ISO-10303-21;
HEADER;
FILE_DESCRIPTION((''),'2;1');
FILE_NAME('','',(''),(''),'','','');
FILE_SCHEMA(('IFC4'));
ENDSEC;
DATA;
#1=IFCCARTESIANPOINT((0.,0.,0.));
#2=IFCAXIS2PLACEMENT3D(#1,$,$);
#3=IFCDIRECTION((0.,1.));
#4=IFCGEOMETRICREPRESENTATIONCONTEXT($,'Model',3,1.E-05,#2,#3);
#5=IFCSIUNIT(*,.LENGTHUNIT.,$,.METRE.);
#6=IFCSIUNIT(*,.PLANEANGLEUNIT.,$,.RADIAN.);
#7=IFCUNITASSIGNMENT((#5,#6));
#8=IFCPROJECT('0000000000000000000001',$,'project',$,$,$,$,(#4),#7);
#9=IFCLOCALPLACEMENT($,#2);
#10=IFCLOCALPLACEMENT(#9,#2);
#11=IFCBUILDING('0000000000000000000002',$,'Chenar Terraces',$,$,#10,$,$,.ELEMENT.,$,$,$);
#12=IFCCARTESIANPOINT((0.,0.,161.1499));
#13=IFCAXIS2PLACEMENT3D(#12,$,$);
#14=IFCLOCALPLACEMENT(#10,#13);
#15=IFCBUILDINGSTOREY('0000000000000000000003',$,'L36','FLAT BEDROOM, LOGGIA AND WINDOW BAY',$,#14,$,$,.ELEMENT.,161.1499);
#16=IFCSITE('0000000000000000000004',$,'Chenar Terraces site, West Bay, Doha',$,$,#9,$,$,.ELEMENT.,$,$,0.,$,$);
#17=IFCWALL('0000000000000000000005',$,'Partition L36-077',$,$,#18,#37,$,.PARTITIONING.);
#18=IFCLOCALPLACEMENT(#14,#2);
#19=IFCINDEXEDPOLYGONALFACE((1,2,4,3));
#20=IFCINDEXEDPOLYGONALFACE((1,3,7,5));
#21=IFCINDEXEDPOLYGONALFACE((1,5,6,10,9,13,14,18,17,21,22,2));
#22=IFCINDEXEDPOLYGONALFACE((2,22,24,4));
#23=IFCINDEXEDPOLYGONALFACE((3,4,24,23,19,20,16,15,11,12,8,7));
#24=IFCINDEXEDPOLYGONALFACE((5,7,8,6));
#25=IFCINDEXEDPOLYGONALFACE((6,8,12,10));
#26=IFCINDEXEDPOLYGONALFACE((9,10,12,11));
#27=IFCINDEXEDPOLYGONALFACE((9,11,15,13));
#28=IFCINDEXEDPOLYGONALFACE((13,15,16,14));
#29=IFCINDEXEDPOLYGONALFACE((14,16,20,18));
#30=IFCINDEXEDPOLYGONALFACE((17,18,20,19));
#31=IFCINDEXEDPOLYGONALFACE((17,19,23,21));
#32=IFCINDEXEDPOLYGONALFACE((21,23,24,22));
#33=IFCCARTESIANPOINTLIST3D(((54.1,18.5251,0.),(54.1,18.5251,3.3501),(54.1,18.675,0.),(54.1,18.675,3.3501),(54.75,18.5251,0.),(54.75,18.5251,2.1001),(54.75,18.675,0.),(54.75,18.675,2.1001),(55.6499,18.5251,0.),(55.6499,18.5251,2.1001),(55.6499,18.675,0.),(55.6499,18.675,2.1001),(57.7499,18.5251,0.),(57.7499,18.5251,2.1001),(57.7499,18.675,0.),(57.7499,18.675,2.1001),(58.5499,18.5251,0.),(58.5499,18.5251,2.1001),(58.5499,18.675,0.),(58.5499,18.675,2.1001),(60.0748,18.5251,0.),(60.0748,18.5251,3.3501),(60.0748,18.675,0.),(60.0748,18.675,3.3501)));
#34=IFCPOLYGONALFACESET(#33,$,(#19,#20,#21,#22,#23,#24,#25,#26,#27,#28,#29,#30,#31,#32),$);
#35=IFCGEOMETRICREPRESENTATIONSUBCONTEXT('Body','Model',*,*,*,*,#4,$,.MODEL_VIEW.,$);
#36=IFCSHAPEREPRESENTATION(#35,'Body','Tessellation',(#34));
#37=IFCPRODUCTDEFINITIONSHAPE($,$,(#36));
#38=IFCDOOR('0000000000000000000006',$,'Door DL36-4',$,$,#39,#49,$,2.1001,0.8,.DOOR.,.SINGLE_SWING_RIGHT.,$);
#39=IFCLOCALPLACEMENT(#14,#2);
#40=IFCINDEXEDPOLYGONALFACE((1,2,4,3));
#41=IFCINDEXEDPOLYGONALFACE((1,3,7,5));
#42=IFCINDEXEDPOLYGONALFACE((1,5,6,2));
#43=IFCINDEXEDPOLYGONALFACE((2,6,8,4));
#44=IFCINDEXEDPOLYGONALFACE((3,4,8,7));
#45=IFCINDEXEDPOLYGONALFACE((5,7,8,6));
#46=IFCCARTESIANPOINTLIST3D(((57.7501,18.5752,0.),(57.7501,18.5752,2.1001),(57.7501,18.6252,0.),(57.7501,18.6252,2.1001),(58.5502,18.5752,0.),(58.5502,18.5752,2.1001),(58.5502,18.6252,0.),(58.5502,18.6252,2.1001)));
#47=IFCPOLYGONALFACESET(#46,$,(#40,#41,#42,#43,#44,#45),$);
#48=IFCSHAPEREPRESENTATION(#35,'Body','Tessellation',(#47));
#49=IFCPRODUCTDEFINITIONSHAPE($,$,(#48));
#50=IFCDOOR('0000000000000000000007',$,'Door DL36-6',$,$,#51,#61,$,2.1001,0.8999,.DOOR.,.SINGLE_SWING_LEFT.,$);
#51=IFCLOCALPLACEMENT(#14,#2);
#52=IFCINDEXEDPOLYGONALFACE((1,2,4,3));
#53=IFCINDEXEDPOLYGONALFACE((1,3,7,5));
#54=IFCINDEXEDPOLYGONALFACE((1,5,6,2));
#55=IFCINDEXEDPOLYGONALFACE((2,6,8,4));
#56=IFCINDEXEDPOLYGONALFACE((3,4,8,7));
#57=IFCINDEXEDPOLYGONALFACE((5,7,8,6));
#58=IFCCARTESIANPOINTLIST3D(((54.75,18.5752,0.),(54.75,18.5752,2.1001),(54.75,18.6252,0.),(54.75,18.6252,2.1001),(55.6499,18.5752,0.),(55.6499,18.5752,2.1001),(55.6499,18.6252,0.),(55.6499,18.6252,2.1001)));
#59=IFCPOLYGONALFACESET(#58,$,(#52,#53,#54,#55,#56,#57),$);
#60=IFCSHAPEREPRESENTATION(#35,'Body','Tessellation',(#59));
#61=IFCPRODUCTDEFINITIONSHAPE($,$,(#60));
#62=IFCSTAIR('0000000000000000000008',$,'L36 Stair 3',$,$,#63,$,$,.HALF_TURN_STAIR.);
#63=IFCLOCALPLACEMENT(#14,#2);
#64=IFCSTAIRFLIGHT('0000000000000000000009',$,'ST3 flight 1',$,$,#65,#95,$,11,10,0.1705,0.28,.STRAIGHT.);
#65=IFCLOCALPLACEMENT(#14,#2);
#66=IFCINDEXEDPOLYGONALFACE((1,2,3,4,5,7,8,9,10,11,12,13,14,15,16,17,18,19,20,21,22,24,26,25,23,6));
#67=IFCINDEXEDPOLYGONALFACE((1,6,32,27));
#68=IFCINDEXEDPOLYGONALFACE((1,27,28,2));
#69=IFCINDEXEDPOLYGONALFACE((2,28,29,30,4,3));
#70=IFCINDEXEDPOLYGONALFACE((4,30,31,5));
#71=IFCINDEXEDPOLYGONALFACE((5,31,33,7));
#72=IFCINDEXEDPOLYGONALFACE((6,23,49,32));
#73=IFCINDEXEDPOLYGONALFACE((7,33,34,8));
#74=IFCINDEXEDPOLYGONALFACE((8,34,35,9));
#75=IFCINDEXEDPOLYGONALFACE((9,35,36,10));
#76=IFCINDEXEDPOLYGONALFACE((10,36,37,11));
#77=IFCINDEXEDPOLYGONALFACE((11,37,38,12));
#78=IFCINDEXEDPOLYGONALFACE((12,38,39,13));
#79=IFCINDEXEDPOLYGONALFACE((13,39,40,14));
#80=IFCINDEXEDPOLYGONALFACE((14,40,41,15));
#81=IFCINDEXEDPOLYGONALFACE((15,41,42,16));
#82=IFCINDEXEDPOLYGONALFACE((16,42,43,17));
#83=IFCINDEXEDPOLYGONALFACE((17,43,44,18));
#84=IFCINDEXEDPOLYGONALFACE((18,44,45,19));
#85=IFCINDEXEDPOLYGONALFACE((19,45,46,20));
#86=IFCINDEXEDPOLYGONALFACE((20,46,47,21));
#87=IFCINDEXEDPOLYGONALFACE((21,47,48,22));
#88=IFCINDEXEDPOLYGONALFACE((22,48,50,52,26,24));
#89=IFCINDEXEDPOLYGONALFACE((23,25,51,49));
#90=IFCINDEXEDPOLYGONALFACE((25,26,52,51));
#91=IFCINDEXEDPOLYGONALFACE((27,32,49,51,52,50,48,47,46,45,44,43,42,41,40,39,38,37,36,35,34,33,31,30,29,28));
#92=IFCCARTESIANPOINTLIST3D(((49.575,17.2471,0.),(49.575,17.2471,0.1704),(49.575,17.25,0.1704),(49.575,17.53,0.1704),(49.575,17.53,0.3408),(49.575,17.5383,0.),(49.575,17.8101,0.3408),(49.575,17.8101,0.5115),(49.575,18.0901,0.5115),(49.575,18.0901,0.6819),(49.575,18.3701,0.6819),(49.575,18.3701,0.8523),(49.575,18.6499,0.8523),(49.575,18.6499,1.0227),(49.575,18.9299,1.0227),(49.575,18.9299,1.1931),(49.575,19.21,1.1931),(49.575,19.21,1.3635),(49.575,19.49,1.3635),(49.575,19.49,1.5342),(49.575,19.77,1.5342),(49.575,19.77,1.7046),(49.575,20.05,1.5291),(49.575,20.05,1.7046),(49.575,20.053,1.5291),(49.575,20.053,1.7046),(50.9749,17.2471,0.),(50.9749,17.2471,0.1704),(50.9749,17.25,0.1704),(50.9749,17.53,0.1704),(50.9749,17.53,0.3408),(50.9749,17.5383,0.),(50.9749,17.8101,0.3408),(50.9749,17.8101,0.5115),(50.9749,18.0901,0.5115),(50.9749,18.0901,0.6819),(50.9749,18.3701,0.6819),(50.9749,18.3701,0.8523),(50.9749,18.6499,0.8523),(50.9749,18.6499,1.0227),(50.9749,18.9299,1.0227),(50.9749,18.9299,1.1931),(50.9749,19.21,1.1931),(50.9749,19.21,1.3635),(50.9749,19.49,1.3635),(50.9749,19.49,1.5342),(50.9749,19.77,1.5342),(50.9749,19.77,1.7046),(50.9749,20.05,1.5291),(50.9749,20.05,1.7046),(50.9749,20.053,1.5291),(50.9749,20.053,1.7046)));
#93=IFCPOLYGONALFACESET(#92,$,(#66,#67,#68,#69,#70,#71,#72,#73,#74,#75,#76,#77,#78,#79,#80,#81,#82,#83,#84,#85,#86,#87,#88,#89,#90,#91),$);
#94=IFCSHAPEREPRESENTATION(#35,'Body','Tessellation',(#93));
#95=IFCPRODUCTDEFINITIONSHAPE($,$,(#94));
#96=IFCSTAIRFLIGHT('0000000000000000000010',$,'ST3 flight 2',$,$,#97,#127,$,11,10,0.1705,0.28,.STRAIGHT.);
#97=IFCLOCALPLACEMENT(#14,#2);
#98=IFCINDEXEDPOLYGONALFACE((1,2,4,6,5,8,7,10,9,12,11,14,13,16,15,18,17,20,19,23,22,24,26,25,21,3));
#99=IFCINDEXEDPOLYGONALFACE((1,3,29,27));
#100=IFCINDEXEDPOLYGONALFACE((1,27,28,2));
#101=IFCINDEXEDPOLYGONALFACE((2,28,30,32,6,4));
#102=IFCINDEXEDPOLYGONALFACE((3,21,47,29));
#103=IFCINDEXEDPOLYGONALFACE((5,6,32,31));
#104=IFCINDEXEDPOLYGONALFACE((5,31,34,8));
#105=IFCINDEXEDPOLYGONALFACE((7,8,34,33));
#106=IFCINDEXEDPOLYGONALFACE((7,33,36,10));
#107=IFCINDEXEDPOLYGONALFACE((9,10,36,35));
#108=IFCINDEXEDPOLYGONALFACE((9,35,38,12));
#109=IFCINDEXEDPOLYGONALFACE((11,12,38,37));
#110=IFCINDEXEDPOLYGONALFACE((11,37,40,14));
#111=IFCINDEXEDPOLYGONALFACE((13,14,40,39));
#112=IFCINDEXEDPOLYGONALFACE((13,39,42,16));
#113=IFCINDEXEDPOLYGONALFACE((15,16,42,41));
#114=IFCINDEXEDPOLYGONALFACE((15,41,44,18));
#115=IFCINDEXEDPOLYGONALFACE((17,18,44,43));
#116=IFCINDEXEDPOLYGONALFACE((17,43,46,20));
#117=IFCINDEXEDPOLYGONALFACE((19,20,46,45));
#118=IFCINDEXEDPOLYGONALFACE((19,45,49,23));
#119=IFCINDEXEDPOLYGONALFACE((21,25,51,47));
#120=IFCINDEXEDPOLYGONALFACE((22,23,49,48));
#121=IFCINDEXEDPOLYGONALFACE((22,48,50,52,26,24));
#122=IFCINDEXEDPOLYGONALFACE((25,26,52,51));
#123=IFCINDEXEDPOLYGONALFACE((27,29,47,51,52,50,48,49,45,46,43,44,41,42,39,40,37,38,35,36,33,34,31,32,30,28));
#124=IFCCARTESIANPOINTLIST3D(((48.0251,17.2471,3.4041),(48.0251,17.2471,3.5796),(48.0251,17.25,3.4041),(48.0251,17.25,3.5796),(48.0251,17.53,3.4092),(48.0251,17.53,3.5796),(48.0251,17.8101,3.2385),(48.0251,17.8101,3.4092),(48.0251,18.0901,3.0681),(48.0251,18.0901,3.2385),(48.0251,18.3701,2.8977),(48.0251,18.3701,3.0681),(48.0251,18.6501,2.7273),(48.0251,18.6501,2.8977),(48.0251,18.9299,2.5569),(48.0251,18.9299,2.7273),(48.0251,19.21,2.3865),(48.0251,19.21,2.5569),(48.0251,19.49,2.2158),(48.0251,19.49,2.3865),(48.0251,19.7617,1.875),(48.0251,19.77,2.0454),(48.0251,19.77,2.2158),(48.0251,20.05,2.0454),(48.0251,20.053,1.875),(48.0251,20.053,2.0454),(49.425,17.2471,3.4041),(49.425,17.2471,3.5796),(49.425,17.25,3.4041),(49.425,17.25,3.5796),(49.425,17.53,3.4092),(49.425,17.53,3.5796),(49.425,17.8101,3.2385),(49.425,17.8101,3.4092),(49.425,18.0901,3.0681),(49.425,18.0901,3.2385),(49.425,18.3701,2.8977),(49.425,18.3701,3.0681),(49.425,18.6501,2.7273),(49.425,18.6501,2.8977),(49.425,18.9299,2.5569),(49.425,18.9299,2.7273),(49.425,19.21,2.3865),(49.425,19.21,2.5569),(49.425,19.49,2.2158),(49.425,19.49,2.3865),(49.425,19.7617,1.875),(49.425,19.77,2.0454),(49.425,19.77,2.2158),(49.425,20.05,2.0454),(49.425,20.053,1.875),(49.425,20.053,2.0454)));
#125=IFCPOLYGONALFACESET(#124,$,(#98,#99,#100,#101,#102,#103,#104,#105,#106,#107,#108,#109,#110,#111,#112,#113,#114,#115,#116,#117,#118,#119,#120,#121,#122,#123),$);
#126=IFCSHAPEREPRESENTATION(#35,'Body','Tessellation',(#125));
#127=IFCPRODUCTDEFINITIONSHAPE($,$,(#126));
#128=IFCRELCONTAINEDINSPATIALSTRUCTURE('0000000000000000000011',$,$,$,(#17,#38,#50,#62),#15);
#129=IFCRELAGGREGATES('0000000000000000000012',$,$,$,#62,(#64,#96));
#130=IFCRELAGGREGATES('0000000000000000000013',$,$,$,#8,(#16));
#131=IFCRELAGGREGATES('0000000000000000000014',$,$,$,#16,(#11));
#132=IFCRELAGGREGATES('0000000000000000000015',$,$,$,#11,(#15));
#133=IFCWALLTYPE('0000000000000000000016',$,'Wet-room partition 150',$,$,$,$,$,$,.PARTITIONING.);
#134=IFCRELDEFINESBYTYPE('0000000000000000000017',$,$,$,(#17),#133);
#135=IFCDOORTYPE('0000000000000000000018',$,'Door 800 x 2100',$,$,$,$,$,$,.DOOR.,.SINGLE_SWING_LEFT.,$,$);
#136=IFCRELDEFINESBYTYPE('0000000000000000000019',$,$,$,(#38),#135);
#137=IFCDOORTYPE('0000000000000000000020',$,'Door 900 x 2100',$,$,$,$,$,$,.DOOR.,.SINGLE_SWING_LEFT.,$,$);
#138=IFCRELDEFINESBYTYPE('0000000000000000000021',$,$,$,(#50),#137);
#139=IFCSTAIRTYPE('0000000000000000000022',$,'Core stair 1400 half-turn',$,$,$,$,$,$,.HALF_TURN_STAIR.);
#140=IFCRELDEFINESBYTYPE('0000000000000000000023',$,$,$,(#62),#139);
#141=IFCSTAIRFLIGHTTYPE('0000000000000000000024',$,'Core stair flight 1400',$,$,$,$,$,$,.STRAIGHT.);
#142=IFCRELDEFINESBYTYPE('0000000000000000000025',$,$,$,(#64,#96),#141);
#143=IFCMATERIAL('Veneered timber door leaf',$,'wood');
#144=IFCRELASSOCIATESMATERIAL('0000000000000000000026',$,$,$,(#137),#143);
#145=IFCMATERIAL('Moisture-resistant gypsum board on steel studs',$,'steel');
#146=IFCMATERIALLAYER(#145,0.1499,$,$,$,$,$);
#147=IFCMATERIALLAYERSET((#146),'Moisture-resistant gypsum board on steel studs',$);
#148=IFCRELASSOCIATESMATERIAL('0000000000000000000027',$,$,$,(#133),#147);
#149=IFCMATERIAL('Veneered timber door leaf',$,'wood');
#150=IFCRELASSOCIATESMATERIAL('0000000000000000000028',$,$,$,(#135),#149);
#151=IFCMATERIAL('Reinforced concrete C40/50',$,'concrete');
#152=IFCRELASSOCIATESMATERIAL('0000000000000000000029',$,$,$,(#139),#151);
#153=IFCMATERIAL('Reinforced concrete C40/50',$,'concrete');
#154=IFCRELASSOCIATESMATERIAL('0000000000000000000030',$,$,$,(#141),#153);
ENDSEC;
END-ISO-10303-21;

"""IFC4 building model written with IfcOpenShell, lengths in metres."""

from ifc_helpers import new_model, si_unit, direction, frame, frame_2d, origin, place, context, subcontext, project, spatial, polyline, rectangle, outline, extrude, material, layer, layer_set, type_object, element, fill, aggregate, save


model = new_model("IFC4")

# Units and contexts
model_context = context("Model", 3, precision=1e-05, world=origin(), true_north=direction((0.0, 1.0)))
body_context = subcontext(model_context, "Body", "Model", "MODEL_VIEW")
ifc_project = project(units=[si_unit("LENGTHUNIT", "METRE"), si_unit("PLANEANGLEUNIT", "RADIAN")], contexts=[model_context])

# Site, building, storey
site_placement = place(None, origin())
site = spatial("IfcSite", under=ifc_project, at=site_placement, Name="Chenar Terraces site, West Bay, Doha", CompositionType="ELEMENT", RefElevation=0.0)
building_placement = place(site_placement, origin())
building = spatial("IfcBuilding", under=site, at=building_placement, Name="Chenar Terraces", CompositionType="ELEMENT")
storey_placement = place(building_placement, frame((0.0, 0.0, 161.1499)))
storey = spatial("IfcBuildingStorey", under=building, at=storey_placement, Name="L36", Description="FLAT BEDROOM, LOGGIA AND WINDOW BAY", CompositionType="ELEMENT", Elevation=161.1499)

# Shared definitions
ifc_material_1 = material(Name="Veneered timber door leaf", Category="wood")
door_type_1 = type_object("IfcDoorType", Name="Door 900 x 2100", OperationType="SINGLE_SWING_LEFT", PredefinedType="DOOR", material=ifc_material_1)

# Wall, openings, doors
ifc_material_2 = material(Name="Moisture-resistant gypsum board on steel studs", Category="steel")
ifc_layer_1 = layer(ifc_material_2, 0.1499)
ifc_layer_set_1 = layer_set([ifc_layer_1], Name="Moisture-resistant gypsum board on steel studs")
wall_type_1 = type_object("IfcWallType", Name="Wet-room partition 150", PredefinedType="PARTITIONING", material=ifc_layer_set_1)
wall_1_placement = place(storey_placement, frame((54.1001, 18.6001, 0.0), z_axis=(0.0, 0.0, 1.0), x_axis=(1.0, 0.0, 0.0)))
wall_1 = element("IfcWall", 1, at=wall_1_placement, inside=storey, type_object=wall_type_1, Name="Partition L36-077", PredefinedType="PARTITIONING", context=body_context, shape_type="SweptSolid", body=[
    extrude(rectangle(XDim=5.9749, YDim=0.1499, at=frame_2d((2.9873, 0.0))), origin(), (0.0, 0.0, 1.0), 3.3501),
])
opening_1_placement = place(wall_1_placement, frame((3.6499, 0.0, 0.0)))
opening_1 = element("IfcOpeningElement", 2, at=opening_1_placement, cuts=wall_1, PredefinedType="OPENING", context=body_context, shape_type="SweptSolid", body=[
    extrude(rectangle(XDim=0.8, YDim=2.1001, at=frame_2d((0.3999, 1.05))), frame((0.0, 0.085, 0.0), z_axis=(0.0, -1.0, 0.0), x_axis=(1.0, 0.0, 0.0)), (0.0, 0.0, 1.0), 0.1699),
])
opening_2_placement = place(wall_1_placement, frame((0.6499, 0.0, 0.0)))
opening_2 = element("IfcOpeningElement", 3, at=opening_2_placement, cuts=wall_1, PredefinedType="OPENING", context=body_context, shape_type="SweptSolid", body=[
    extrude(rectangle(XDim=0.8999, YDim=2.1001, at=frame_2d((0.45, 1.05))), frame((0.0, 0.085, 0.0), z_axis=(0.0, -1.0, 0.0), x_axis=(1.0, 0.0, 0.0)), (0.0, 0.0, 1.0), 0.1699),
])
ifc_material_3 = material(Name="Veneered timber door leaf", Category="wood")
door_type_2 = type_object("IfcDoorType", Name="Door 800 x 2100", OperationType="SINGLE_SWING_LEFT", PredefinedType="DOOR", material=ifc_material_3)
door_1_placement = place(opening_1_placement, frame((0.8, 0.0, 0.0), z_axis=(0.0, 0.0, 1.0), x_axis=(-1.0, 0.0, 0.0)))
door_1 = element("IfcDoor", 4, at=door_1_placement, inside=storey, type_object=door_type_2, Name="Door DL36-4", OperationType="SINGLE_SWING_RIGHT", OverallHeight=2.1001, OverallWidth=0.8, PredefinedType="DOOR", context=body_context, shape_type="SweptSolid", body=[
    extrude(rectangle(XDim=0.8, YDim=2.1001, at=frame_2d((0.3999, 1.05))), frame((0.0, 0.0249, 0.0), z_axis=(0.0, -1.0, 0.0), x_axis=(1.0, 0.0, 0.0)), (0.0, 0.0, 1.0), 0.05),
])
fill(opening_1, door_1)
door_2_placement = place(opening_2_placement, frame((0.8999, 0.0, 0.0), z_axis=(0.0, 0.0, 1.0), x_axis=(-1.0, 0.0, 0.0)))
door_2 = element("IfcDoor", 5, at=door_2_placement, inside=storey, type_object=door_type_1, Name="Door DL36-6", OperationType="SINGLE_SWING_LEFT", OverallHeight=2.1001, OverallWidth=0.8999, PredefinedType="DOOR", context=body_context, shape_type="SweptSolid", body=[
    extrude(rectangle(XDim=0.8999, YDim=2.1001, at=frame_2d((0.45, 1.05))), frame((0.0, 0.0249, 0.0), z_axis=(0.0, -1.0, 0.0), x_axis=(1.0, 0.0, 0.0)), (0.0, 0.0, 1.0), 0.05),
])
fill(opening_2, door_2)

# Stair, stair flights
ifc_material_4 = material(Name="Reinforced concrete C40/50", Category="concrete")
stair_type = type_object("IfcStairType", Name="Core stair 1400 half-turn", PredefinedType="HALF_TURN_STAIR", material=ifc_material_4)
stair_placement = place(storey_placement, origin())
stair = element("IfcStair", 6, at=stair_placement, inside=storey, type_object=stair_type, Name="L36 Stair 3", PredefinedType="HALF_TURN_STAIR")
ifc_material_5 = material(Name="Reinforced concrete C40/50", Category="concrete")
stair_flight_type = type_object("IfcStairFlightType", Name="Core stair flight 1400", PredefinedType="STRAIGHT", material=ifc_material_5)
stair_flight_1_placement = place(storey_placement, frame((50.2749, 17.25, 0.0), z_axis=(0.0, 0.0, 1.0), x_axis=(0.0, 1.0, 0.0)))
stair_flight_1 = element("IfcStairFlight", 7, at=stair_flight_1_placement, type_object=stair_flight_type, Name="ST3 flight 1", NumberOfRisers=11, NumberOfTreads=10, PredefinedType="STRAIGHT", RiserHeight=0.1705, TreadLength=0.28, context=body_context, shape_type="SweptSolid", body=[
    extrude(outline(polyline([(-0.0029, 0.0), (-0.0029, 0.1704), (0.0, 0.1704), (0.28, 0.1704), (0.28, 0.3408), (0.5601, 0.3408), (0.5601, 0.5115), (0.8401, 0.5115), (0.8401, 0.6819), (1.1201, 0.6819), (1.1201, 0.8523), (1.3999, 0.8523), (1.3999, 1.0227), (1.6799, 1.0227), (1.6799, 1.1931), (1.96, 1.1931), (1.96, 1.3635), (2.24, 1.3635), (2.24, 1.5342), (2.52, 1.5342), (2.52, 1.7046), (2.8, 1.7046), (2.803, 1.7046), (2.803, 1.5291), (2.8, 1.5291), (0.2883, 0.0), (-0.0029, 0.0)])), frame((0.0, 0.7, 0.0), z_axis=(0.0, -1.0, 0.0), x_axis=(1.0, 0.0, 0.0)), (0.0, 0.0, 1.0), 1.3999),
])
stair_flight_2_placement = place(storey_placement, frame((48.7251, 20.05, 1.875), z_axis=(0.0, 0.0, 1.0), x_axis=(0.0, -1.0, 0.0)))
stair_flight_2 = element("IfcStairFlight", 8, at=stair_flight_2_placement, type_object=stair_flight_type, Name="ST3 flight 2", NumberOfRisers=11, NumberOfTreads=10, PredefinedType="STRAIGHT", RiserHeight=0.1705, TreadLength=0.28, context=body_context, shape_type="SweptSolid", body=[
    extrude(outline(polyline([(-0.0029, 0.0), (-0.0029, 0.1704), (0.0, 0.1704), (0.28, 0.1704), (0.28, 0.3408), (0.5601, 0.3408), (0.5601, 0.5115), (0.8401, 0.5115), (0.8401, 0.6819), (1.1201, 0.6819), (1.1201, 0.8523), (1.3999, 0.8523), (1.3999, 1.0227), (1.6799, 1.0227), (1.6799, 1.1931), (1.96, 1.1931), (1.96, 1.3635), (2.24, 1.3635), (2.24, 1.5342), (2.52, 1.5342), (2.52, 1.7046), (2.8, 1.7046), (2.803, 1.7046), (2.803, 1.5291), (2.8, 1.5291), (0.2883, 0.0), (-0.0029, 0.0)])), frame((0.0, 0.7, 0.0), z_axis=(0.0, -1.0, 0.0), x_axis=(1.0, 0.0, 0.0)), (0.0, 0.0, 1.0), 1.3999),
])
aggregate(stair, [stair_flight_1, stair_flight_2])

save(model, "model.ifc")
